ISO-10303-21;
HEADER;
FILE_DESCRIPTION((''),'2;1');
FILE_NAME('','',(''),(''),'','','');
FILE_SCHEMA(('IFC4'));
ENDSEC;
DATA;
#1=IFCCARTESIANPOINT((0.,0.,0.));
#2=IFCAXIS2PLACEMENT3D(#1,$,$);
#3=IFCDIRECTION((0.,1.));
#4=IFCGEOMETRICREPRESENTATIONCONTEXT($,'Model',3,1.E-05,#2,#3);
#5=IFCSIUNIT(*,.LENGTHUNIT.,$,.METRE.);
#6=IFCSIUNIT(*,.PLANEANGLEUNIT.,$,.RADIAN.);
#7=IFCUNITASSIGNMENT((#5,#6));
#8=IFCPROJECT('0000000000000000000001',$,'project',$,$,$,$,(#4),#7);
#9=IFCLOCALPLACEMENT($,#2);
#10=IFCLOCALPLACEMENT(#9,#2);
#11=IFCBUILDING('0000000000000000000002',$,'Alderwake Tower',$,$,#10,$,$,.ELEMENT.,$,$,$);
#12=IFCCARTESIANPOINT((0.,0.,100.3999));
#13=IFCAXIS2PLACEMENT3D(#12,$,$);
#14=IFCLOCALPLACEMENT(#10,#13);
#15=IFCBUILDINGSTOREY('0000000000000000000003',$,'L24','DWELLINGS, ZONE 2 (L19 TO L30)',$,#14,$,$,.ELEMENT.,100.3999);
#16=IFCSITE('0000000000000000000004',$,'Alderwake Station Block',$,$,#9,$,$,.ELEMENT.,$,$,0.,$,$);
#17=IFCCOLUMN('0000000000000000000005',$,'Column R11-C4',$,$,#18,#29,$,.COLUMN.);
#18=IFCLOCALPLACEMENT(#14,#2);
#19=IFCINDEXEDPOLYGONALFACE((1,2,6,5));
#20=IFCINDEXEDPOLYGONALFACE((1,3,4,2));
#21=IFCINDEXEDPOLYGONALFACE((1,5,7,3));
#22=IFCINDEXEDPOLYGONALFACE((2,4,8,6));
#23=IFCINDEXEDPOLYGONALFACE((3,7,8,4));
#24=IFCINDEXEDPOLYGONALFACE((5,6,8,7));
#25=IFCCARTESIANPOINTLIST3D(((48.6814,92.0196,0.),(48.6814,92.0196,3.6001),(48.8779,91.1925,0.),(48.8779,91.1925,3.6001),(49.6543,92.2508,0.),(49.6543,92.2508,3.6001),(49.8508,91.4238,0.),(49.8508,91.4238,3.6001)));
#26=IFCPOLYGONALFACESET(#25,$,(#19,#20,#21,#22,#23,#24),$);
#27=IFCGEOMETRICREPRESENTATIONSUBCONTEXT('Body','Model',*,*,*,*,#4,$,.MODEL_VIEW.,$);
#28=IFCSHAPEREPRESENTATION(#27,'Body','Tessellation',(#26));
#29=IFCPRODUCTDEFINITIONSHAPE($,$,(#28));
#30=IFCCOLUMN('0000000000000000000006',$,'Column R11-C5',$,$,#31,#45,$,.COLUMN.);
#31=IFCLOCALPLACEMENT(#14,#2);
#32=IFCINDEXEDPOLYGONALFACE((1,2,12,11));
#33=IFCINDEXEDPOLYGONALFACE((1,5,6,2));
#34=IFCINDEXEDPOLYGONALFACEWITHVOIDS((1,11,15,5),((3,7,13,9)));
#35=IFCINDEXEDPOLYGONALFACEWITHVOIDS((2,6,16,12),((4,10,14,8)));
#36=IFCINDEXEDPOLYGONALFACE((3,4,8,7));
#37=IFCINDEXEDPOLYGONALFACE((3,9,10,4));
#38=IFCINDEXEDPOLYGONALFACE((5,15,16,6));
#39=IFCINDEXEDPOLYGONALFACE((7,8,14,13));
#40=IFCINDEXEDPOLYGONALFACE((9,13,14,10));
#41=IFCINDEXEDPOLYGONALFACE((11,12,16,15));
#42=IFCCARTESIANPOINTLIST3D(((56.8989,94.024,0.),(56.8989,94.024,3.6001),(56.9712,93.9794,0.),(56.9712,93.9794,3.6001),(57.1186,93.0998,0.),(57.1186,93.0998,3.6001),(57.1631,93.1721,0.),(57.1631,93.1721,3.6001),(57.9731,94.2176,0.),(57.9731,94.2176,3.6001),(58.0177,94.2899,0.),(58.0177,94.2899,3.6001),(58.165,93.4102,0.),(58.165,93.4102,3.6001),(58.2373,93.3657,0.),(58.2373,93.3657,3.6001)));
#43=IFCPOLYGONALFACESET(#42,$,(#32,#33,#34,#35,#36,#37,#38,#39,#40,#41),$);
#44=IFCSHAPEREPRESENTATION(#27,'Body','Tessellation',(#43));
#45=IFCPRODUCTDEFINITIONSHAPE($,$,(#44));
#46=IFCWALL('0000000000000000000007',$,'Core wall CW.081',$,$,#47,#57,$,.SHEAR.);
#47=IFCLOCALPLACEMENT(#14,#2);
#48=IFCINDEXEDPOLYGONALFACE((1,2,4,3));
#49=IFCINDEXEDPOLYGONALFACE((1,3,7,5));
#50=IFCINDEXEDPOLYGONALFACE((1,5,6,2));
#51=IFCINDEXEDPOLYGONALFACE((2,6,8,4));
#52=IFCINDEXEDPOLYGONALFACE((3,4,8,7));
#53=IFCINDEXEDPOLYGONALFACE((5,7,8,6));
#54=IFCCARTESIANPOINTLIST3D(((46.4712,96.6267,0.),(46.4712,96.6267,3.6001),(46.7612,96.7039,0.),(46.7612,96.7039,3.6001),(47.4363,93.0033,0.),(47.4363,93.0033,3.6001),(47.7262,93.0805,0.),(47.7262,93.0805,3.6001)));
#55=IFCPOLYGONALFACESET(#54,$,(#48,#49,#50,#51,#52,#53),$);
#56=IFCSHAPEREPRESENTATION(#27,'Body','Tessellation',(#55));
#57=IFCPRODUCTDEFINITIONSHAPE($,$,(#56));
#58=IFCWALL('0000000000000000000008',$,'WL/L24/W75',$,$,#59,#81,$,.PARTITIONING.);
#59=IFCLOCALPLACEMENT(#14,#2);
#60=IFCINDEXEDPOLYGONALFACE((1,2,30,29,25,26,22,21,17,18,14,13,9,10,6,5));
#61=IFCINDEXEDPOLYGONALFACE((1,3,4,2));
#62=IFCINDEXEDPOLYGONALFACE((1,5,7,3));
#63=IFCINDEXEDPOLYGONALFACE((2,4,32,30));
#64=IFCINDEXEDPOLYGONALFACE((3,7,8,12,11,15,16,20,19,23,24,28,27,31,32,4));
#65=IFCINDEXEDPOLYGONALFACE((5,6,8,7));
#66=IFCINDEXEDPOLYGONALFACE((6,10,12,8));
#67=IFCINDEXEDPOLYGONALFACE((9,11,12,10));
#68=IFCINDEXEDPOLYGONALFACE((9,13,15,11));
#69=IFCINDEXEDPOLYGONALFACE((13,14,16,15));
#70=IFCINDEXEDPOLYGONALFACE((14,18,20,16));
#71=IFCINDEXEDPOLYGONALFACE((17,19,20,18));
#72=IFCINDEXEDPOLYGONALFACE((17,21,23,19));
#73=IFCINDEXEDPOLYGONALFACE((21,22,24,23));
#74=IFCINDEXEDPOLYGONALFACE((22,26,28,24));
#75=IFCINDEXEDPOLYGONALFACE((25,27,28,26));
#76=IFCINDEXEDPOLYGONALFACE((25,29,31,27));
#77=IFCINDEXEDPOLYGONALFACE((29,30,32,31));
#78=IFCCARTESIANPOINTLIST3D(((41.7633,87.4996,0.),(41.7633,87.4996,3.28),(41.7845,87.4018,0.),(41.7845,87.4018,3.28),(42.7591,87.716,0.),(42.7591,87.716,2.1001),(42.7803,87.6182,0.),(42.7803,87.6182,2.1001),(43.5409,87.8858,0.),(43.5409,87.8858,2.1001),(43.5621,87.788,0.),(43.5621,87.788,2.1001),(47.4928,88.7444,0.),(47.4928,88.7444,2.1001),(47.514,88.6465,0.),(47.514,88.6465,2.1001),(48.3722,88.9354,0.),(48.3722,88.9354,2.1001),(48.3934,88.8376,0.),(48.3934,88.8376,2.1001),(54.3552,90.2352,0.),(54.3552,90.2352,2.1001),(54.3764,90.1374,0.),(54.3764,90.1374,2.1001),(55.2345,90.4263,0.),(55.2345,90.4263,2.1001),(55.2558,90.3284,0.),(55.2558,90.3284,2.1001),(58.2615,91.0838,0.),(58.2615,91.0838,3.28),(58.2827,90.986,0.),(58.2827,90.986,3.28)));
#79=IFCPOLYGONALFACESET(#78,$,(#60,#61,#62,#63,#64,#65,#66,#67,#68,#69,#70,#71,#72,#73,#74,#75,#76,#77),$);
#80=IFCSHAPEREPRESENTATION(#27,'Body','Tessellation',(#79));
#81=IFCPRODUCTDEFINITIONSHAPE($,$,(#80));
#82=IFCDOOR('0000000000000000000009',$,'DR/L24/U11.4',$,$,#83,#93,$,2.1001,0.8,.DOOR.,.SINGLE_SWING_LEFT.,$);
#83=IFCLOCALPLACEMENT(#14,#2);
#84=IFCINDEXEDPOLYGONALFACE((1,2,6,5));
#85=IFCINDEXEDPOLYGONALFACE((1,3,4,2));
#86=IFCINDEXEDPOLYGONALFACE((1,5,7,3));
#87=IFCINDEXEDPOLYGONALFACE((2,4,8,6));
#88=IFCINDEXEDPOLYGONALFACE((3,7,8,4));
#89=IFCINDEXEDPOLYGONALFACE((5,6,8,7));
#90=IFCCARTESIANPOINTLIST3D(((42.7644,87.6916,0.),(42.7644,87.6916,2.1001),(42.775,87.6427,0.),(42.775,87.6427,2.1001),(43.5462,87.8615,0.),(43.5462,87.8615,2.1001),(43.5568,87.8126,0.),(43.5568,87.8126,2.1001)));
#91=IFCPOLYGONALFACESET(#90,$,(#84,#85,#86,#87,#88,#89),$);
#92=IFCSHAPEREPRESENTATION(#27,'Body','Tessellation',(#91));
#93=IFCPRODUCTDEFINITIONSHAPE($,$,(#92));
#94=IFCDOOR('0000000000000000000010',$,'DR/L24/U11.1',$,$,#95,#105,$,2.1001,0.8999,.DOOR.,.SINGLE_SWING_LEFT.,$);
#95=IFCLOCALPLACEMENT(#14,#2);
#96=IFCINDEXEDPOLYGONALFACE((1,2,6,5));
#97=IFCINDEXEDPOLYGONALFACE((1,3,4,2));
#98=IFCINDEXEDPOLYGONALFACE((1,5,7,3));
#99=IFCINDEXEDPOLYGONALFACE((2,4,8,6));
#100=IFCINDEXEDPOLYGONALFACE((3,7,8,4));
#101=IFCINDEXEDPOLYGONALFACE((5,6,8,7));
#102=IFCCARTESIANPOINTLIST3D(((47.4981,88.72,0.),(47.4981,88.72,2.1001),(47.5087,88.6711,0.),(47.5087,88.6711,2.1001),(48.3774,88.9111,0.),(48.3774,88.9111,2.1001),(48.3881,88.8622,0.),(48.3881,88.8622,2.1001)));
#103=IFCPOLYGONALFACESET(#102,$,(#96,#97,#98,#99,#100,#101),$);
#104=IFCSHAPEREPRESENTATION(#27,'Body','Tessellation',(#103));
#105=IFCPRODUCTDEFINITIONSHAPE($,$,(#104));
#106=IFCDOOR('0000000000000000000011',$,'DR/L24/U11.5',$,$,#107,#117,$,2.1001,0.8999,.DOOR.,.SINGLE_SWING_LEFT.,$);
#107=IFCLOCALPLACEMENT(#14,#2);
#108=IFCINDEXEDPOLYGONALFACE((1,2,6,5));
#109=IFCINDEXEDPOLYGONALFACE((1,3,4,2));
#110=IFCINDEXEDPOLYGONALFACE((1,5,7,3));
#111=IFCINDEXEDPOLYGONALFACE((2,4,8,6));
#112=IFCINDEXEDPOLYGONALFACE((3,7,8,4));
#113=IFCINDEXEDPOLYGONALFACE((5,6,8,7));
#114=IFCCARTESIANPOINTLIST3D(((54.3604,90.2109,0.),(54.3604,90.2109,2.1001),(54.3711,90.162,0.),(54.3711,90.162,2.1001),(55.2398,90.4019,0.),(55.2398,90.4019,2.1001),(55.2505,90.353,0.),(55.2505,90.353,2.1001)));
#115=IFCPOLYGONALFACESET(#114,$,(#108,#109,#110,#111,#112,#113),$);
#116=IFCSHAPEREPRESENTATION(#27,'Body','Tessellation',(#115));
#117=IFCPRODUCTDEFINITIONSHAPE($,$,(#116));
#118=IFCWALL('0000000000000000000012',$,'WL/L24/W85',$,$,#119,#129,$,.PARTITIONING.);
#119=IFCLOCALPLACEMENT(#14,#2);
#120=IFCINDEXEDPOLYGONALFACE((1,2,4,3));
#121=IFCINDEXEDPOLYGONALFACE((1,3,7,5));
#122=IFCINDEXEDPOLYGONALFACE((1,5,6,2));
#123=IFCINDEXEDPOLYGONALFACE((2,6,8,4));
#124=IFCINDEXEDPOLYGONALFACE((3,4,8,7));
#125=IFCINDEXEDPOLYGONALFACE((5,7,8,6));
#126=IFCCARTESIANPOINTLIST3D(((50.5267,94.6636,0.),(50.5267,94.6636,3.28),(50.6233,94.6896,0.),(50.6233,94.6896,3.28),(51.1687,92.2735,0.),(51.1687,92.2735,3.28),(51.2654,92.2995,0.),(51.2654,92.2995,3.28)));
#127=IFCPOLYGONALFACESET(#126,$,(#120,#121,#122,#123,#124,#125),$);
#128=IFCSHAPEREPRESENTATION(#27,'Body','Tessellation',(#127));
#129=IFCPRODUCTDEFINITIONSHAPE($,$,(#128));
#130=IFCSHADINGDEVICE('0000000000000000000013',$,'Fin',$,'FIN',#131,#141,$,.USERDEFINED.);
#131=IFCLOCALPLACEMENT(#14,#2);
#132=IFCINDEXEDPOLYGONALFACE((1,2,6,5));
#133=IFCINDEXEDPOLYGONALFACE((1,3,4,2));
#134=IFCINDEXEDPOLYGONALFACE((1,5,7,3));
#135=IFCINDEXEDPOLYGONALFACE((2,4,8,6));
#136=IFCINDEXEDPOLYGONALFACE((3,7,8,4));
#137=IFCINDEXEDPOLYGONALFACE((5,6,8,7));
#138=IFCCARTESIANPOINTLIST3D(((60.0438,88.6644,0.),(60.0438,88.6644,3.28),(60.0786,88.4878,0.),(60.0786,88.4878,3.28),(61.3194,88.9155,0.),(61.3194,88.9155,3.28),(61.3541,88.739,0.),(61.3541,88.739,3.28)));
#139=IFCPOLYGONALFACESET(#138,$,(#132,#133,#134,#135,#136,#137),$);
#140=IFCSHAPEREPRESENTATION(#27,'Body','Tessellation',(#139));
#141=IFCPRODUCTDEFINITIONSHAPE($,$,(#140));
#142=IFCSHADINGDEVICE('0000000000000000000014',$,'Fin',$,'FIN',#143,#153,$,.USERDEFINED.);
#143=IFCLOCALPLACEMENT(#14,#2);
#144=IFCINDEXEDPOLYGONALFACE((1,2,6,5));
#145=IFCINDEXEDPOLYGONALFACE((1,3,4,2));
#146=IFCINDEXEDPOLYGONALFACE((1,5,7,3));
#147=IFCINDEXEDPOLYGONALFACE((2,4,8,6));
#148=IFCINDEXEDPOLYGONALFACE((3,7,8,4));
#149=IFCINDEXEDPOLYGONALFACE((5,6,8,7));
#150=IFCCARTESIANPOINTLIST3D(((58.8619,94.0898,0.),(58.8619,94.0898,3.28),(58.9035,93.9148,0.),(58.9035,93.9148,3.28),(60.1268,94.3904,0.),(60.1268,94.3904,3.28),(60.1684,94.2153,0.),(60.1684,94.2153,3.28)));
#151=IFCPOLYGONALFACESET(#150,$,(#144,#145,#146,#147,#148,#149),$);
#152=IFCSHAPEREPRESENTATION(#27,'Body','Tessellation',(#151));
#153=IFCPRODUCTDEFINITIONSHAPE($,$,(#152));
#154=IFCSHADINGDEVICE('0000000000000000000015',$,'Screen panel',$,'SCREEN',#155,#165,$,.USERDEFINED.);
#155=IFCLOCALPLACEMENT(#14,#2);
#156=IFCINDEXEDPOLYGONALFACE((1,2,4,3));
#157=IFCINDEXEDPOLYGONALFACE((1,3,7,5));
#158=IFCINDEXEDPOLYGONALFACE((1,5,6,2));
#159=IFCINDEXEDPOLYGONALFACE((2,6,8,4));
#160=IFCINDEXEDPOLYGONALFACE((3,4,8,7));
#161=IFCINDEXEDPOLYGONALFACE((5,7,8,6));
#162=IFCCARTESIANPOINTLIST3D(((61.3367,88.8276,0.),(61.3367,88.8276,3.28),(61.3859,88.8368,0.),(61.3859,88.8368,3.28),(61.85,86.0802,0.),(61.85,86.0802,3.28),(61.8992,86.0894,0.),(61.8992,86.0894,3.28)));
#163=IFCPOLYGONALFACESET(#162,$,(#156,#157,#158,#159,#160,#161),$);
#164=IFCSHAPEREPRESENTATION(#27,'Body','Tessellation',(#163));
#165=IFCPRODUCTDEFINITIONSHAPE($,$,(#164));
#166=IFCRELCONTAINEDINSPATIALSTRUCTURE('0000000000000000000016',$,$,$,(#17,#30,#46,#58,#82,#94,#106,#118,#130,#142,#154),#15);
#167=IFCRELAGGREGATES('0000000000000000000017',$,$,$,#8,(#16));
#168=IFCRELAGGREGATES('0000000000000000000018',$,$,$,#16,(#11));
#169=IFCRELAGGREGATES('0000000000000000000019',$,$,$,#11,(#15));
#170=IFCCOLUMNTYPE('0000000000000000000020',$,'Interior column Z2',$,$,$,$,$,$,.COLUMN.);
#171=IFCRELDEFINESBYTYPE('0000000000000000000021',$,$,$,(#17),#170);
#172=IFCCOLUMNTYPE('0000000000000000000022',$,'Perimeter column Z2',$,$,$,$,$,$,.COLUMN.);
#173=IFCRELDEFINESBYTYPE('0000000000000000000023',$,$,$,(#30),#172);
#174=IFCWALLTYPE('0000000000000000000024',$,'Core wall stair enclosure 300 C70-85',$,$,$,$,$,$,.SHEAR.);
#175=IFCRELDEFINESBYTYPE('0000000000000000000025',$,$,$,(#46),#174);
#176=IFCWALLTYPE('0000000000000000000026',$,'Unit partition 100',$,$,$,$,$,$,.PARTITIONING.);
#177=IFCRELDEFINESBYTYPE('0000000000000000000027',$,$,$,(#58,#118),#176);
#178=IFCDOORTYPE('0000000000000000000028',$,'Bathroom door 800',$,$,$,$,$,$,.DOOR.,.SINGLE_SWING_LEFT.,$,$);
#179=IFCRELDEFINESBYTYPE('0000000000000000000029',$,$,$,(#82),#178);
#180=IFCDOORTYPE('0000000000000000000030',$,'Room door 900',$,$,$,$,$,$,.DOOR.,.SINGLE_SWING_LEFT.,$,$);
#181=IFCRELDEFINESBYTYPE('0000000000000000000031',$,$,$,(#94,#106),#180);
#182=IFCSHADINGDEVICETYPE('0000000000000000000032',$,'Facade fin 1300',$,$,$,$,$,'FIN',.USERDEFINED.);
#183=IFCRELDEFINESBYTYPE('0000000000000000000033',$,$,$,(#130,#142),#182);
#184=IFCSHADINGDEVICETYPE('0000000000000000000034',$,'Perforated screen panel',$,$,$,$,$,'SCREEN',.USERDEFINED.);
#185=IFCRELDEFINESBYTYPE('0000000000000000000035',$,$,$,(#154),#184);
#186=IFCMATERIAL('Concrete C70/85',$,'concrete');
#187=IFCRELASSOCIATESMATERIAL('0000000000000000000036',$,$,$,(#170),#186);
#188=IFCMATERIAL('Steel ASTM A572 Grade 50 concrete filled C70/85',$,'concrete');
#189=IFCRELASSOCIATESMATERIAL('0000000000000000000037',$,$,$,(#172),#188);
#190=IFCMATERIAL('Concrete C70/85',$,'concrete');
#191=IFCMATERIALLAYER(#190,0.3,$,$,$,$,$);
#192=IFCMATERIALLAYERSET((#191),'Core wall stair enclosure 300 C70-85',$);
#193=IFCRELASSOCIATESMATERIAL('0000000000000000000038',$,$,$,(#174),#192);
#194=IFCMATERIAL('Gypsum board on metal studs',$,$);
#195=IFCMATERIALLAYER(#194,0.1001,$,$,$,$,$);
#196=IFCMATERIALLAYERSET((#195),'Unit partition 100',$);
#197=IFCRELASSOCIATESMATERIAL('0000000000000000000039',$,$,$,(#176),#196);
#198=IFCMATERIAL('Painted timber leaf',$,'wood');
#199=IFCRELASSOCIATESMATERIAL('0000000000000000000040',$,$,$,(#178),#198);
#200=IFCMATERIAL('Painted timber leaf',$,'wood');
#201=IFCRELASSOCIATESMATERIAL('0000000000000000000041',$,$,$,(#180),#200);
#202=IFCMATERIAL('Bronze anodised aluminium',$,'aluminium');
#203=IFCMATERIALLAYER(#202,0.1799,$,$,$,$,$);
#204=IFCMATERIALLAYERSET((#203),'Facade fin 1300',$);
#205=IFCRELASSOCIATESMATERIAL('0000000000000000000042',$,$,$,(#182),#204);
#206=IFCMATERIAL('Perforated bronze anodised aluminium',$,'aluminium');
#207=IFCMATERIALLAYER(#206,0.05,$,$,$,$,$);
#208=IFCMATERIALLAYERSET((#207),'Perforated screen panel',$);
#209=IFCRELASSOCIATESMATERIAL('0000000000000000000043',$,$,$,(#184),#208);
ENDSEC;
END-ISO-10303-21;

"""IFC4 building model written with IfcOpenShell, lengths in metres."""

from ifc_helpers import new_model, si_unit, direction, frame, frame_2d, origin, origin_2d, place, context, subcontext, project, spatial, rectangle, hollow_rectangle, extrude, material, layer, layer_set, material_profile, profile_set, type_object, element, fill, save


model = new_model("IFC4")

# Units and contexts
model_context = context("Model", 3, precision=1e-05, world=origin(), true_north=direction((0.0, 1.0)))
body_context = subcontext(model_context, "Body", "Model", "MODEL_VIEW")
ifc_project = project(units=[si_unit("LENGTHUNIT", "METRE"), si_unit("PLANEANGLEUNIT", "RADIAN")], contexts=[model_context])

# Site, building, storey
site_placement = place(None, origin())
site = spatial("IfcSite", under=ifc_project, at=site_placement, Name="Alderwake Station Block", CompositionType="ELEMENT", RefElevation=0.0)
building_placement = place(site_placement, origin())
building = spatial("IfcBuilding", under=site, at=building_placement, Name="Alderwake Tower", CompositionType="ELEMENT")
storey_placement = place(building_placement, frame((0.0, 0.0, 100.3999)))
storey = spatial("IfcBuildingStorey", under=building, at=storey_placement, Name="L24", Description="DWELLINGS, ZONE 2 (L19 TO L30)", CompositionType="ELEMENT", Elevation=100.3999)

# Columns
ifc_material_1 = material(Name="Concrete C70/85", Category="concrete")
ifc_material_profile_1 = material_profile(ifc_material_1, rectangle(XDim=0.8501, YDim=1.0, at=origin_2d()), Name="RC 1000X850")
ifc_profile_set_1 = profile_set([ifc_material_profile_1], Name="Concrete C70/85")
column_type_1 = type_object("IfcColumnType", Name="Interior column Z2", PredefinedType="COLUMN", material=ifc_profile_set_1)
column_1_placement = place(storey_placement, frame((49.2661, 91.7217, 0.0), z_axis=(0.0, 0.0, 1.0), x_axis=(-0.231222, 0.972901, 0.0)))
element("IfcColumn", 1, at=column_1_placement, inside=storey, type_object=column_type_1, Name="Column R11-C4", PredefinedType="COLUMN", context=body_context, shape_type="SweptSolid", body=[
    extrude(rectangle(XDim=0.8501, YDim=1.0, at=origin_2d()), origin(), (0.0, 0.0, 1.0), 3.6001),
])
ifc_material_2 = material(Name="Steel ASTM A572 Grade 50 concrete filled C70/85", Category="concrete")
ifc_material_profile_2 = material_profile(ifc_material_2, hollow_rectangle(XDim=0.95, YDim=1.1499, WallThickness=0.0601, at=origin_2d()), Name="BOX 1150X950X60")
ifc_profile_set_2 = profile_set([ifc_material_profile_2], Name="Steel ASTM A572 Grade 50 concrete filled C70/85")
column_type_2 = type_object("IfcColumnType", Name="Perimeter column Z2", PredefinedType="COLUMN", material=ifc_profile_set_2)
column_2_placement = place(storey_placement, frame((57.5681, 93.6948, 0.0), z_axis=(0.0, 0.0, 1.0), x_axis=(-0.231222, 0.972901, 0.0)))
element("IfcColumn", 2, at=column_2_placement, inside=storey, type_object=column_type_2, Name="Column R11-C5", PredefinedType="COLUMN", context=body_context, shape_type="SweptSolid", body=[
    extrude(hollow_rectangle(XDim=0.95, YDim=1.1499, WallThickness=0.0601, at=origin_2d()), origin(), (0.0, 0.0, 1.0), 3.6001),
])

# Wall
ifc_material_3 = material(Name="Concrete C70/85", Category="concrete")
ifc_layer_1 = layer(ifc_material_3, 0.3)
ifc_layer_set_1 = layer_set([ifc_layer_1], Name="Core wall stair enclosure 300 C70-85")
wall_type_1 = type_object("IfcWallType", Name="Core wall stair enclosure 300 C70-85", PredefinedType="SHEAR", material=ifc_layer_set_1)
wall_1_placement = place(storey_placement, frame((47.5813, 93.0417, 0.0), z_axis=(0.0, 0.0, 1.0), x_axis=(-0.257367, 0.966314, 0.0)))
element("IfcWall", 3, at=wall_1_placement, inside=storey, type_object=wall_type_1, Name="Core wall CW.081", PredefinedType="SHEAR", context=body_context, shape_type="SweptSolid", body=[
    extrude(rectangle(XDim=3.7498, YDim=0.3, at=frame_2d((1.875, 0.0))), origin(), (0.0, 0.0, 1.0), 3.6001),
])

# Wall, openings, doors
ifc_material_4 = material(Name="Gypsum board on metal studs")
ifc_layer_2 = layer(ifc_material_4, 0.1001)
ifc_layer_set_2 = layer_set([ifc_layer_2], Name="Unit partition 100")
wall_type_2 = type_object("IfcWallType", Name="Unit partition 100", PredefinedType="PARTITIONING", material=ifc_layer_set_2)
wall_2_placement = place(storey_placement, frame((58.272, 91.0349, 0.0), z_axis=(0.0, 0.0, 1.0), x_axis=(-0.977205, -0.212296, 0.0)))
wall_2 = element("IfcWall", 4, at=wall_2_placement, inside=storey, type_object=wall_type_2, Name="WL/L24/W75", PredefinedType="PARTITIONING", context=body_context, shape_type="SweptSolid", body=[
    extrude(rectangle(XDim=16.8831, YDim=0.1001, at=frame_2d((8.4414, 0.0))), origin(), (0.0, 0.0, 1.0), 3.28),
])
opening_1_placement = place(wall_2_placement, frame((10.1199, 0.0, 0.0)))
opening_1 = element("IfcOpeningElement", 5, at=opening_1_placement, cuts=wall_2, PredefinedType="OPENING", context=body_context, shape_type="SweptSolid", body=[
    extrude(rectangle(XDim=0.8999, YDim=2.1001, at=frame_2d((0.45, 1.05))), frame((0.0, 0.0601, 0.0), z_axis=(0.0, -1.0, 0.0), x_axis=(1.0, 0.0, 0.0)), (0.0, 0.0, 1.0), 0.1201),
])
opening_2_placement = place(wall_2_placement, frame((15.064, 0.0, 0.0)))
opening_2 = element("IfcOpeningElement", 6, at=opening_2_placement, cuts=wall_2, PredefinedType="OPENING", context=body_context, shape_type="SweptSolid", body=[
    extrude(rectangle(XDim=0.8, YDim=2.1001, at=frame_2d((0.3999, 1.05))), frame((0.0, 0.0601, 0.0), z_axis=(0.0, -1.0, 0.0), x_axis=(1.0, 0.0, 0.0)), (0.0, 0.0, 1.0), 0.1201),
])
opening_3_placement = place(wall_2_placement, frame((3.0974, 0.0, 0.0)))
opening_3 = element("IfcOpeningElement", 7, at=opening_3_placement, cuts=wall_2, PredefinedType="OPENING", context=body_context, shape_type="SweptSolid", body=[
    extrude(rectangle(XDim=0.8999, YDim=2.1001, at=frame_2d((0.45, 1.05))), frame((0.0, 0.0601, 0.0), z_axis=(0.0, -1.0, 0.0), x_axis=(1.0, 0.0, 0.0)), (0.0, 0.0, 1.0), 0.1201),
])
ifc_material_5 = material(Name="Painted timber leaf", Category="wood")
door_type_1 = type_object("IfcDoorType", Name="Bathroom door 800", OperationType="SINGLE_SWING_LEFT", PredefinedType="DOOR", material=ifc_material_5)
door_1_placement = place(opening_2_placement, origin())
door_1 = element("IfcDoor", 8, at=door_1_placement, inside=storey, type_object=door_type_1, Name="DR/L24/U11.4", OperationType="SINGLE_SWING_LEFT", OverallHeight=2.1001, OverallWidth=0.8, PredefinedType="DOOR", context=body_context, shape_type="SweptSolid", body=[
    extrude(rectangle(XDim=0.8, YDim=2.1001, at=frame_2d((0.3999, 1.05))), frame((0.0, 0.0249, 0.0), z_axis=(0.0, -1.0, 0.0), x_axis=(1.0, 0.0, 0.0)), (0.0, 0.0, 1.0), 0.05),
])
fill(opening_2, door_1)
ifc_material_6 = material(Name="Painted timber leaf", Category="wood")
door_type_2 = type_object("IfcDoorType", Name="Room door 900", OperationType="SINGLE_SWING_LEFT", PredefinedType="DOOR", material=ifc_material_6)
door_2_placement = place(opening_1_placement, origin())
door_2 = element("IfcDoor", 9, at=door_2_placement, inside=storey, type_object=door_type_2, Name="DR/L24/U11.1", OperationType="SINGLE_SWING_LEFT", OverallHeight=2.1001, OverallWidth=0.8999, PredefinedType="DOOR", context=body_context, shape_type="SweptSolid", body=[
    extrude(rectangle(XDim=0.8999, YDim=2.1001, at=frame_2d((0.45, 1.05))), frame((0.0, 0.0249, 0.0), z_axis=(0.0, -1.0, 0.0), x_axis=(1.0, 0.0, 0.0)), (0.0, 0.0, 1.0), 0.05),
])
fill(opening_1, door_2)
door_3_placement = place(opening_3_placement, origin())
door_3 = element("IfcDoor", 10, at=door_3_placement, inside=storey, type_object=door_type_2, Name="DR/L24/U11.5", OperationType="SINGLE_SWING_LEFT", OverallHeight=2.1001, OverallWidth=0.8999, PredefinedType="DOOR", context=body_context, shape_type="SweptSolid", body=[
    extrude(rectangle(XDim=0.8999, YDim=2.1001, at=frame_2d((0.45, 1.05))), frame((0.0, 0.0249, 0.0), z_axis=(0.0, -1.0, 0.0), x_axis=(1.0, 0.0, 0.0)), (0.0, 0.0, 1.0), 0.05),
])
fill(opening_3, door_3)

# Wall
wall_3_placement = place(storey_placement, frame((51.217, 92.2866, 0.0), z_axis=(0.0, 0.0, 1.0), x_axis=(-0.259443, 0.965758, 0.0)))
element("IfcWall", 11, at=wall_3_placement, inside=storey, type_object=wall_type_2, Name="WL/L24/W85", PredefinedType="PARTITIONING", context=body_context, shape_type="SweptSolid", body=[
    extrude(rectangle(XDim=2.4749, YDim=0.1001, at=frame_2d((1.2373, 0.0))), origin(), (0.0, 0.0, 1.0), 3.28),
])

# Shading devices
ifc_material_7 = material(Name="Bronze anodised aluminium", Category="aluminium")
ifc_layer_3 = layer(ifc_material_7, 0.1799)
ifc_layer_set_3 = layer_set([ifc_layer_3], Name="Facade fin 1300")
shading_device_type_1 = type_object("IfcShadingDeviceType", Name="Facade fin 1300", ElementType="FIN", PredefinedType="USERDEFINED", material=ifc_layer_set_3)
for number, where, z_axis, x_axis, name in (
    (12, (60.699, 88.7017, 0.0), (0.0, 0.0, 1.0), (0.981164, 0.193178, 0.0), "Fin"),
    (13, (59.5151, 94.1526, 0.0), (0.0, 0.0, 1.0), (0.972909, 0.231189, 0.0), "Fin"),
):
    element("IfcShadingDevice", number, at=place(storey_placement, frame(where, z_axis=z_axis, x_axis=x_axis)), inside=storey, type_object=shading_device_type_1, Name=name, ObjectType="FIN", PredefinedType="USERDEFINED", context=body_context, shape_type="SweptSolid", body=[
        extrude(rectangle(XDim=1.3, YDim=0.1799, at=origin_2d()), origin(), (0.0, 0.0, 1.0), 3.28),
    ])
ifc_material_8 = material(Name="Perforated bronze anodised aluminium", Category="aluminium")
ifc_layer_4 = layer(ifc_material_8, 0.05)
ifc_layer_set_4 = layer_set([ifc_layer_4], Name="Perforated screen panel")
shading_device_type_2 = type_object("IfcShadingDeviceType", Name="Perforated screen panel", ElementType="SCREEN", PredefinedType="USERDEFINED", material=ifc_layer_set_4)
shading_device_placement = place(storey_placement, frame((61.6179, 87.4585, 0.0), z_axis=(0.0, 0.0, 1.0), x_axis=(0.982991, 0.183651, 0.0)))
element("IfcShadingDevice", 14, at=shading_device_placement, inside=storey, type_object=shading_device_type_2, Name="Screen panel", ObjectType="SCREEN", PredefinedType="USERDEFINED", context=body_context, shape_type="SweptSolid", body=[
    extrude(rectangle(XDim=0.05, YDim=2.7949, at=origin_2d()), origin(), (0.0, 0.0, 1.0), 3.28),
])

save(model, "model.ifc")
